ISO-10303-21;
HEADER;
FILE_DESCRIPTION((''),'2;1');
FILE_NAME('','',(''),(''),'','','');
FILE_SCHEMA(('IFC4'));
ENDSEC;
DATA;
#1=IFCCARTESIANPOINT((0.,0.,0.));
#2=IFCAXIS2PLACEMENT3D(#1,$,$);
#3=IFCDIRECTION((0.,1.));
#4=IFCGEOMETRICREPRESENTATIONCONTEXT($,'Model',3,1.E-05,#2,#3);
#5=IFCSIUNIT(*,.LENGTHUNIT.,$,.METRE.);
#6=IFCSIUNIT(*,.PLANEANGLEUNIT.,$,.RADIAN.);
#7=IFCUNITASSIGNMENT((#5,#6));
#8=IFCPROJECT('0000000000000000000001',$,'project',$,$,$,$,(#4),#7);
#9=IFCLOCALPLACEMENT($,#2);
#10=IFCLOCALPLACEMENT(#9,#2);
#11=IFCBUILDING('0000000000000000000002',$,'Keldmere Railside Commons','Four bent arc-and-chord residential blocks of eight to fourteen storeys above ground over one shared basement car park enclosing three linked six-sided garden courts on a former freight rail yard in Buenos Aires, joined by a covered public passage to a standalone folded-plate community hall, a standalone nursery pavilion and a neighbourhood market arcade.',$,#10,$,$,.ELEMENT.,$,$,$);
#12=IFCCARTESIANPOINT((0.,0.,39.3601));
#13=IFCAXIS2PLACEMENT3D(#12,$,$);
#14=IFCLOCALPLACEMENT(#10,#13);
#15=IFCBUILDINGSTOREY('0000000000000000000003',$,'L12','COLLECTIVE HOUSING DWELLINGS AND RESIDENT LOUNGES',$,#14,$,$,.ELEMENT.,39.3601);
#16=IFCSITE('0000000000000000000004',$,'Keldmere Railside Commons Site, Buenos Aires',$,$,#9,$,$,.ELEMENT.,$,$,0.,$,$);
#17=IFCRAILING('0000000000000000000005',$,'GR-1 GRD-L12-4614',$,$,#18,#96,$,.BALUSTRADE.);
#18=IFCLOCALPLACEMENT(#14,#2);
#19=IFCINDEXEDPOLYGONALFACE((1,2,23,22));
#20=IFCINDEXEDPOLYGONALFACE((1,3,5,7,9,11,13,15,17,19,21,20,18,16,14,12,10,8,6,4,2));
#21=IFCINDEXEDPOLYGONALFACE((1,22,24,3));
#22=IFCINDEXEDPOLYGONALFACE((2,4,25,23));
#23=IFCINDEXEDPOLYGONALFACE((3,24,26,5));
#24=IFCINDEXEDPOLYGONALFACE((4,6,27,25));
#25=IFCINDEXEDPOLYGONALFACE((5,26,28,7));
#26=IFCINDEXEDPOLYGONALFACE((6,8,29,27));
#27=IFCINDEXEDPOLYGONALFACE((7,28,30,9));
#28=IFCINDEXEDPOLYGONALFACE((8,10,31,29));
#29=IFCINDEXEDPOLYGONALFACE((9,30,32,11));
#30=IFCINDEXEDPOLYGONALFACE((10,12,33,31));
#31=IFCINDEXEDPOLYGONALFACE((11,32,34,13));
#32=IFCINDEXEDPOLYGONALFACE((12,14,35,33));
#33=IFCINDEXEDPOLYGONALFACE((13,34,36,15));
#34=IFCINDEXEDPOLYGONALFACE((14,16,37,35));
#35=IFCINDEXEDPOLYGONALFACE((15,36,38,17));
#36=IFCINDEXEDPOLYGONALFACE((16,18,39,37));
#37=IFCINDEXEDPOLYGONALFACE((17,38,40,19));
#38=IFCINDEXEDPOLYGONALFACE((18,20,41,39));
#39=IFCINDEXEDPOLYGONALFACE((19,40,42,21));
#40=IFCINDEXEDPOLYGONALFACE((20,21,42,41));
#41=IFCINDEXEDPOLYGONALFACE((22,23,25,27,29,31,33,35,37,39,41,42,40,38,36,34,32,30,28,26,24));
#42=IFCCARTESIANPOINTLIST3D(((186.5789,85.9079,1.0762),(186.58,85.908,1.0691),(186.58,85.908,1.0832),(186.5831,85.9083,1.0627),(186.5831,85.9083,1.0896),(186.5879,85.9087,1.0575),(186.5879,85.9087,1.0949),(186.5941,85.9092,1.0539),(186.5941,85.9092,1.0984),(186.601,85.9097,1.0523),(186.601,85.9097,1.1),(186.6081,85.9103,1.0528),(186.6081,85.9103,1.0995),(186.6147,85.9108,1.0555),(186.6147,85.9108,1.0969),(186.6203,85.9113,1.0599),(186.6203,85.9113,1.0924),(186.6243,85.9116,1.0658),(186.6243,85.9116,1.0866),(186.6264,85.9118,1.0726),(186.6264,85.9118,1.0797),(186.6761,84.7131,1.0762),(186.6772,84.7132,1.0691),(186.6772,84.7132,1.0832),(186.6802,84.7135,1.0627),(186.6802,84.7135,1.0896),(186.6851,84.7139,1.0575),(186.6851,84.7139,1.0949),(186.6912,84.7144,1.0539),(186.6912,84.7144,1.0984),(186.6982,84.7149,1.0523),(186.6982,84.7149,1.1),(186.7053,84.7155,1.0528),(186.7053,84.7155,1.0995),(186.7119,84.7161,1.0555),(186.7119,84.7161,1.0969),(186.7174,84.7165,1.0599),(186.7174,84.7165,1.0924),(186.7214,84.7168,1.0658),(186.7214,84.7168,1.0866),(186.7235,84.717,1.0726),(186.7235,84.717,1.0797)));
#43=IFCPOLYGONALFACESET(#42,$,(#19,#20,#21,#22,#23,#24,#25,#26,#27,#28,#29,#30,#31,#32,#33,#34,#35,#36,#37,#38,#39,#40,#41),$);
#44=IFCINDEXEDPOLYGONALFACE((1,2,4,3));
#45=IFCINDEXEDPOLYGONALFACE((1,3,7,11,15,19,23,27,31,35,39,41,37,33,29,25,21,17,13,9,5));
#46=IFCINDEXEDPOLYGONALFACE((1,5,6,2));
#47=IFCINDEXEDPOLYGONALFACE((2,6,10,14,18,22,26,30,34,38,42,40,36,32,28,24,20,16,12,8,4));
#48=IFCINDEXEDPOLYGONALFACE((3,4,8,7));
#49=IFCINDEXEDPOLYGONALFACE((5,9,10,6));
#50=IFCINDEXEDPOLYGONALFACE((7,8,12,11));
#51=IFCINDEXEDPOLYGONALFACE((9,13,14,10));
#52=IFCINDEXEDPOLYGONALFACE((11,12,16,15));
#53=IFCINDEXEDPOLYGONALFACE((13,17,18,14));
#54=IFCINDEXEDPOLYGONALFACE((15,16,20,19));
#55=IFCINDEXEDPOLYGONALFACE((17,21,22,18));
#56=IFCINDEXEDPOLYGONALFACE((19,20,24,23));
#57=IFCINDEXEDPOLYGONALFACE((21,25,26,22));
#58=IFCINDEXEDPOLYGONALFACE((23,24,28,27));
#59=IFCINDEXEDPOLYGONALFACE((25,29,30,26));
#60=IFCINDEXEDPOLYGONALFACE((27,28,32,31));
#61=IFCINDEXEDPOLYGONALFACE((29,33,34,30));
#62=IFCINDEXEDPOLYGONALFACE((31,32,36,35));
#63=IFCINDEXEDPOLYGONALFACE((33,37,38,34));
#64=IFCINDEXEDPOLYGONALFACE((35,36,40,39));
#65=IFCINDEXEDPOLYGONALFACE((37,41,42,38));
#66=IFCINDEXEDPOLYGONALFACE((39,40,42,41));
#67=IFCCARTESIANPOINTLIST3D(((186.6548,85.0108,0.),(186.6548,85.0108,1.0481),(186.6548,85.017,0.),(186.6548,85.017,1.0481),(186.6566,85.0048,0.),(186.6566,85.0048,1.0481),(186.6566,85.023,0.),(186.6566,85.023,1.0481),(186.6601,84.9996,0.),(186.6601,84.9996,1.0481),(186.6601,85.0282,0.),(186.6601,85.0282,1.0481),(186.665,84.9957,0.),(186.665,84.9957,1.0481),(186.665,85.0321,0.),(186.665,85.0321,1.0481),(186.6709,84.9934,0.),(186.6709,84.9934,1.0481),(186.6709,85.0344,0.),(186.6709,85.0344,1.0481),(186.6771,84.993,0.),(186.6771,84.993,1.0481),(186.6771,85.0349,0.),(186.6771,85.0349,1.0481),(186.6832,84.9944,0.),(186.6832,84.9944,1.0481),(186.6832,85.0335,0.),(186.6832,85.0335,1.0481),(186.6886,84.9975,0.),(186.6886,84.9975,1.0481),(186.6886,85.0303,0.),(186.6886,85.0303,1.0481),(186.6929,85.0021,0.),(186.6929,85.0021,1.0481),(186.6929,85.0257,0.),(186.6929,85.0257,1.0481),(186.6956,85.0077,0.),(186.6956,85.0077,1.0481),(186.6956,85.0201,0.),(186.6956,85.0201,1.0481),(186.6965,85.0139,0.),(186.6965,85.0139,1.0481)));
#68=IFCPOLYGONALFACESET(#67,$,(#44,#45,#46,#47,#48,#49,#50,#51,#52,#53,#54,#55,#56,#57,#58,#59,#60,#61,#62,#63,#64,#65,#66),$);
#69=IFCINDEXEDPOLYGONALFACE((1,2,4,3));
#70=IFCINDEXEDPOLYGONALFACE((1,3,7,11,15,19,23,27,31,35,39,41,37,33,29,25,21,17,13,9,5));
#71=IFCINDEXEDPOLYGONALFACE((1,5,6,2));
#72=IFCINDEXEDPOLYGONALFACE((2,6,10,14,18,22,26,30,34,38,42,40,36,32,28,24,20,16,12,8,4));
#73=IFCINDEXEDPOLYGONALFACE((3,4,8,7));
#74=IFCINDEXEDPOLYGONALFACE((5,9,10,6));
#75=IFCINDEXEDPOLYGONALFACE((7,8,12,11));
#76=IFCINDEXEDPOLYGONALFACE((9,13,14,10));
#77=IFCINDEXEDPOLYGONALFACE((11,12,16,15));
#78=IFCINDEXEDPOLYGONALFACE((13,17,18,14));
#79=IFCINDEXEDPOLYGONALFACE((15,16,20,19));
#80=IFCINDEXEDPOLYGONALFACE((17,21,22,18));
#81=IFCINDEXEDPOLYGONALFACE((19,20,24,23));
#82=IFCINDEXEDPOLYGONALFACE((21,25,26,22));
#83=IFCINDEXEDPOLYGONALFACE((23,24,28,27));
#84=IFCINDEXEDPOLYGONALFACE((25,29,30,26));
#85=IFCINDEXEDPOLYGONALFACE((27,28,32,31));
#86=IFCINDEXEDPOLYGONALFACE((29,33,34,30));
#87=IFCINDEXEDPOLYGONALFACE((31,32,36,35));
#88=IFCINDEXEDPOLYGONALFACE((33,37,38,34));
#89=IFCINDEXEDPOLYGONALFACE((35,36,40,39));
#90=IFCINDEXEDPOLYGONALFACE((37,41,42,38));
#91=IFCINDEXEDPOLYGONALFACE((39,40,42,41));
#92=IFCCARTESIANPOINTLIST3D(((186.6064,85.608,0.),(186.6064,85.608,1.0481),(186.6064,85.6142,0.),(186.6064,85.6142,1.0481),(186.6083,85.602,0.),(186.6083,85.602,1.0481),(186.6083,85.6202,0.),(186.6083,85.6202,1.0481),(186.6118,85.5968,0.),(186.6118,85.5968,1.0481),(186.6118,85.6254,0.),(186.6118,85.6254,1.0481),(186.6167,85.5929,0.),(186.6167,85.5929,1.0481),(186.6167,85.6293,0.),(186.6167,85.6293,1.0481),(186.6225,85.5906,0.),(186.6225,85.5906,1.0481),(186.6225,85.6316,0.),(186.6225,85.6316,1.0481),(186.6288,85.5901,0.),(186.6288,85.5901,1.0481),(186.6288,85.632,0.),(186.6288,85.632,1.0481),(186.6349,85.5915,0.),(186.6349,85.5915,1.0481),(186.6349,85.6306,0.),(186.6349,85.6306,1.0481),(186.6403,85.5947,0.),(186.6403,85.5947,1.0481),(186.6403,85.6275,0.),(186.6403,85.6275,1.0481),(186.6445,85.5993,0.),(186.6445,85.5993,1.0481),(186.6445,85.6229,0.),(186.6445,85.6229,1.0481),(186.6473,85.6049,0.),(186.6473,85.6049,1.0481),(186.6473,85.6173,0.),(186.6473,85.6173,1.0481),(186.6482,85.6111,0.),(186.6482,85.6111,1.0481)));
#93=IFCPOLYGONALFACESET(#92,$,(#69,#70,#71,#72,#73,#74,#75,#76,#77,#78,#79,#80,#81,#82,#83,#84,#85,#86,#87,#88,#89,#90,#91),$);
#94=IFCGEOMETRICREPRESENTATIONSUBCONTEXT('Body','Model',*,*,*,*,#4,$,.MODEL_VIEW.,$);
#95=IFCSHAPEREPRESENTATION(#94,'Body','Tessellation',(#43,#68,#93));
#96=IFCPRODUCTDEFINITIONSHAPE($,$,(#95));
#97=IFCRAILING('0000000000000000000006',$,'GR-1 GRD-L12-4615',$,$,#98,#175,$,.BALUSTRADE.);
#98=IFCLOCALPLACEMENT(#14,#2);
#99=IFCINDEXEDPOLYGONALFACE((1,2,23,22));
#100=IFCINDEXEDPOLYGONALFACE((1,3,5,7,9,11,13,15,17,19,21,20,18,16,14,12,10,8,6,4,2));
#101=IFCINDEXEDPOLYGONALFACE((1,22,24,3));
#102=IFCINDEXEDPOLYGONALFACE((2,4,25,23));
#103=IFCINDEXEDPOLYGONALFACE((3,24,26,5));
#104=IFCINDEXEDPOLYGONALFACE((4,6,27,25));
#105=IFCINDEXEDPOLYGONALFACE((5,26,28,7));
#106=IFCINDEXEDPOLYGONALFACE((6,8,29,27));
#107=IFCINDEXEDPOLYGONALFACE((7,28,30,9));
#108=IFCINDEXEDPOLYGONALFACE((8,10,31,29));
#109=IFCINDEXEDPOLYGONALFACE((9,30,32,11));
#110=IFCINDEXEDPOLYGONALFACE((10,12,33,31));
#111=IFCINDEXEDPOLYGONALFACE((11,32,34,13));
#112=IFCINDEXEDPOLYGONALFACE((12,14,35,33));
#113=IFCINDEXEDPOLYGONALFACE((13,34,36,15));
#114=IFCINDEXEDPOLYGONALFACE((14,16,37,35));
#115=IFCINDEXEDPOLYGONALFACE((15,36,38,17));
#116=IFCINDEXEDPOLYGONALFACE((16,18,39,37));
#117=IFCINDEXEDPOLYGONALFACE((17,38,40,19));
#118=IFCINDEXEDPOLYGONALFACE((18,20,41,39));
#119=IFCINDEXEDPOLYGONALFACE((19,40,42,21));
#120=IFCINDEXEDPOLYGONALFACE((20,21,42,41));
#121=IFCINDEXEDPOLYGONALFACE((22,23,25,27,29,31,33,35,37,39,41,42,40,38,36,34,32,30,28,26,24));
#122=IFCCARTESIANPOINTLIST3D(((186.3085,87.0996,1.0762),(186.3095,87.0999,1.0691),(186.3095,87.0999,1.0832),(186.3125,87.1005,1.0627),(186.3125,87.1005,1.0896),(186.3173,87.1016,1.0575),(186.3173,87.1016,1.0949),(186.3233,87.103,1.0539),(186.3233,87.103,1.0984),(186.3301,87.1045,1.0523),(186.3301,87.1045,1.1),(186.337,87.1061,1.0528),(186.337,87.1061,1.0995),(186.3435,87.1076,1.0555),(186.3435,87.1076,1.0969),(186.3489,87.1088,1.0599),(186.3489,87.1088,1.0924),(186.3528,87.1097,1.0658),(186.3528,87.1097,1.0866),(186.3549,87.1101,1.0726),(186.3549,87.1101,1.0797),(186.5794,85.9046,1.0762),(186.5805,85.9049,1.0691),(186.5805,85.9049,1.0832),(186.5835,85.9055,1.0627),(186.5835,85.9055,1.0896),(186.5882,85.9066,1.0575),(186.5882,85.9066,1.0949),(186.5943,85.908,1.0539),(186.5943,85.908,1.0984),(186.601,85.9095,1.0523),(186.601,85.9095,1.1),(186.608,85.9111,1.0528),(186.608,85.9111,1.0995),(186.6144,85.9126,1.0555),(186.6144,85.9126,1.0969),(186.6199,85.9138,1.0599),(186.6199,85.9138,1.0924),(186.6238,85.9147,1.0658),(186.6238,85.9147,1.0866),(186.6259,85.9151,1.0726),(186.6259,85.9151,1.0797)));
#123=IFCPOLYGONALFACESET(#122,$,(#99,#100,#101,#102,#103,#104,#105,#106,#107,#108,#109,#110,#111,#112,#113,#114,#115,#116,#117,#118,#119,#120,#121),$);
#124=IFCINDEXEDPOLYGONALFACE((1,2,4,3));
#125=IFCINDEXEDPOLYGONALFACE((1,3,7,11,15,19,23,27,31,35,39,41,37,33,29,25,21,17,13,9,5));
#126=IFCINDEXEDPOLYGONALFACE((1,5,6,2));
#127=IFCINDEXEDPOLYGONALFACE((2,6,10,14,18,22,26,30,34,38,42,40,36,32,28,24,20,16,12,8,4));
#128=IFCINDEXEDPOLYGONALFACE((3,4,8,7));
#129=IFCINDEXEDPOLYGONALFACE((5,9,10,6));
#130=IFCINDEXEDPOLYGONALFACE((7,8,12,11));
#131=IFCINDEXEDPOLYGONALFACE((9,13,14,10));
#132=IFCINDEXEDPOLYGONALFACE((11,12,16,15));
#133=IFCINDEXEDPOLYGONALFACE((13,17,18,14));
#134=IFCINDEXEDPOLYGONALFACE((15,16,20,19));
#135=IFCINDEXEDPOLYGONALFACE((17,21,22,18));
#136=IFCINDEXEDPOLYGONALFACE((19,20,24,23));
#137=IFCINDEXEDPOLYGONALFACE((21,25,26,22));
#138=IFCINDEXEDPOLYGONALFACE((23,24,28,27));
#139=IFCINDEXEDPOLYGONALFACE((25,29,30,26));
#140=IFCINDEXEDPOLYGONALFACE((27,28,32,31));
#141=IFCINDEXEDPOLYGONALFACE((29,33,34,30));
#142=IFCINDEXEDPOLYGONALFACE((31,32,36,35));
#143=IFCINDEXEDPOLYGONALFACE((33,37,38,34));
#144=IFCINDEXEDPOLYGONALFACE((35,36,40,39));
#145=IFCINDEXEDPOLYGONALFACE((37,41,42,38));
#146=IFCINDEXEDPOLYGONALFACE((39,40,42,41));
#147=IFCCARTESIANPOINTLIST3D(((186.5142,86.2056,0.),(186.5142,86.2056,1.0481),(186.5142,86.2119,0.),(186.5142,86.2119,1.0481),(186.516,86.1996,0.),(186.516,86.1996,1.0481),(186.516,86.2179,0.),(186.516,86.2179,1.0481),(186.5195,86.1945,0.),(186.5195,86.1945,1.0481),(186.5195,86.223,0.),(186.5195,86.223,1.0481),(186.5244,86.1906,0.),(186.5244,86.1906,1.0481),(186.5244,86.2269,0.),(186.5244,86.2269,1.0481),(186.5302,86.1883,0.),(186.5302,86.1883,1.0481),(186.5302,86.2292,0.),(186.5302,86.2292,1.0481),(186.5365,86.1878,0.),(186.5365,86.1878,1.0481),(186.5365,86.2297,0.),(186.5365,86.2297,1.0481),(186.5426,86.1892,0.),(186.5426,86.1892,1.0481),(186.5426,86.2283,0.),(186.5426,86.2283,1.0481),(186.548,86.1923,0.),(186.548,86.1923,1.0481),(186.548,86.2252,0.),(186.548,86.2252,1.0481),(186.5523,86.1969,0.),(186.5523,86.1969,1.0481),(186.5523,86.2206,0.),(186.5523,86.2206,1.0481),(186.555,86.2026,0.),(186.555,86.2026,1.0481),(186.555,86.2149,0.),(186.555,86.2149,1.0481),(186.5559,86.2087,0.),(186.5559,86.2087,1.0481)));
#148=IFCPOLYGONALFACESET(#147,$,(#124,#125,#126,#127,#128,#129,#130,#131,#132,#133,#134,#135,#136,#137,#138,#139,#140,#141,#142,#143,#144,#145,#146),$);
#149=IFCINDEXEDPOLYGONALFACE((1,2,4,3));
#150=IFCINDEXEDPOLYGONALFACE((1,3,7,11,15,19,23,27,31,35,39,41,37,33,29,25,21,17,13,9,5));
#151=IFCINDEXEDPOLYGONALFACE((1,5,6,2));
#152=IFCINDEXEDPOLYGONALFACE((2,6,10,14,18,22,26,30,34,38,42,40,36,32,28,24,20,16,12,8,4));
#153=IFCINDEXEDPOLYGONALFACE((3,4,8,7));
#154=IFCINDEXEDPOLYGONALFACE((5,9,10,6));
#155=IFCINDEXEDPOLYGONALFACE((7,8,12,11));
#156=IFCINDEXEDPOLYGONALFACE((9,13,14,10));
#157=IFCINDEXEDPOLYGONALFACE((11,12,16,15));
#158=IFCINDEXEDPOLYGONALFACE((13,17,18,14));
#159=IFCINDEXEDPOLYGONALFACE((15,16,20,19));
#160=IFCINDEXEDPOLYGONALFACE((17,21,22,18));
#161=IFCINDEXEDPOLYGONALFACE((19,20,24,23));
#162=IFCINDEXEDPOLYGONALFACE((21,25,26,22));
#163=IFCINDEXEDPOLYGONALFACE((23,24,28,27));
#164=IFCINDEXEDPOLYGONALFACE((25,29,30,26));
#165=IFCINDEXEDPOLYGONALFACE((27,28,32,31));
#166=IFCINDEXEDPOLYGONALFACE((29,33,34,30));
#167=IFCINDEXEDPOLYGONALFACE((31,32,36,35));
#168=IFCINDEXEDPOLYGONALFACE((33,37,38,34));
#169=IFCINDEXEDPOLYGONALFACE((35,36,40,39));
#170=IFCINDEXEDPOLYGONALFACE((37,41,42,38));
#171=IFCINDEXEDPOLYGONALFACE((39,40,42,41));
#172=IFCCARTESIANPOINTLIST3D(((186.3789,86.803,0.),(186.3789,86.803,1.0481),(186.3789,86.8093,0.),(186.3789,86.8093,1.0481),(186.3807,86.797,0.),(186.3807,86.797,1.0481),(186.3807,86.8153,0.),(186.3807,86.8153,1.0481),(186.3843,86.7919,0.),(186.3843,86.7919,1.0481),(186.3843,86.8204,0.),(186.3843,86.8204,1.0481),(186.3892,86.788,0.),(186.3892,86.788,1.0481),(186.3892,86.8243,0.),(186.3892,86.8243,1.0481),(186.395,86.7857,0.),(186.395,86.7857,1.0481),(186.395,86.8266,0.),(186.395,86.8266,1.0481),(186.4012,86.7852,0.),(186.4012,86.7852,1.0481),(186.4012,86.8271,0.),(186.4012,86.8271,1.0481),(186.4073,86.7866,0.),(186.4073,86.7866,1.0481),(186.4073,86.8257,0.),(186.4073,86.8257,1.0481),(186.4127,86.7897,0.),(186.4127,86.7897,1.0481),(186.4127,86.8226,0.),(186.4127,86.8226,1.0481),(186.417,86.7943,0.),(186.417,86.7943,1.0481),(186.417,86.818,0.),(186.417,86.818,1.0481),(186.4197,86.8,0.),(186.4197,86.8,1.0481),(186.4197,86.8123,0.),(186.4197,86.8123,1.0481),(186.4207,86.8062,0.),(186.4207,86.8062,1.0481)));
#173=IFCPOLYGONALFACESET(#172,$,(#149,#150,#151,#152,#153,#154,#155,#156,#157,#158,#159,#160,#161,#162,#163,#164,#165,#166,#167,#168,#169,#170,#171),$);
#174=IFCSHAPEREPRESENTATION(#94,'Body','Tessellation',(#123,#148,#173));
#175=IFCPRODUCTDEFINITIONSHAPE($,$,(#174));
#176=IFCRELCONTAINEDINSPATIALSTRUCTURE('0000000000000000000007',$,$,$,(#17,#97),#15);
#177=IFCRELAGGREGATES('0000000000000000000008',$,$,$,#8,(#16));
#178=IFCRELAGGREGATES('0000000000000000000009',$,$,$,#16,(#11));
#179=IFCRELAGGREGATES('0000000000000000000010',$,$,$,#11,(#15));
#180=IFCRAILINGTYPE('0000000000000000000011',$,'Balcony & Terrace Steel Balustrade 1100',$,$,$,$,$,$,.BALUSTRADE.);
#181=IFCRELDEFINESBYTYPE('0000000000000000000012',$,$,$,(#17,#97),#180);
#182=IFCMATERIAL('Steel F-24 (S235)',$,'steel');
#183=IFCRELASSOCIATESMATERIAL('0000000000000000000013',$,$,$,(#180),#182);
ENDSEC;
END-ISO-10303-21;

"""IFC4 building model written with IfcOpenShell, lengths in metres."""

from ifc_helpers import new_model, si_unit, direction, frame, origin, origin_2d, place, context, subcontext, project, spatial, circle, extrude, material, type_object, element, save


model = new_model("IFC4")

# Units and contexts
model_context = context("Model", 3, precision=1e-05, world=origin(), true_north=direction((0.0, 1.0)))
body_context = subcontext(model_context, "Body", "Model", "MODEL_VIEW")
ifc_project = project(units=[si_unit("LENGTHUNIT", "METRE"), si_unit("PLANEANGLEUNIT", "RADIAN")], contexts=[model_context])

# Site, building, storey
site_placement = place(None, origin())
site = spatial("IfcSite", under=ifc_project, at=site_placement, Name="Keldmere Railside Commons Site, Buenos Aires", CompositionType="ELEMENT", RefElevation=0.0)
building_placement = place(site_placement, origin())
building = spatial("IfcBuilding", under=site, at=building_placement, Name="Keldmere Railside Commons", Description="Four bent arc-and-chord residential blocks of eight to fourteen storeys above ground over one shared basement car park enclosing three linked six-sided garden courts on a former freight rail yard in Buenos Aires, joined by a covered public passage to a standalone folded-plate community hall, a standalone nursery pavilion and a neighbourhood market arcade.", CompositionType="ELEMENT")
storey_placement = place(building_placement, frame((0.0, 0.0, 39.3601)))
storey = spatial("IfcBuildingStorey", under=building, at=storey_placement, Name="L12", Description="COLLECTIVE HOUSING DWELLINGS AND RESIDENT LOUNGES", CompositionType="ELEMENT", Elevation=39.3601)

# Shared definitions
ifc_material_1 = material(Name="Steel F-24 (S235)", Category="steel")

# Railings
railing_type_1 = type_object("IfcRailingType", Name="Balcony & Terrace Steel Balustrade 1100", PredefinedType="BALUSTRADE", material=ifc_material_1)
railing_1_placement = place(storey_placement, frame((186.7, 84.7151, 0.0)))
element("IfcRailing", 1, at=railing_1_placement, inside=storey, type_object=railing_type_1, Name="GR-1 GRD-L12-4614", PredefinedType="BALUSTRADE", context=body_context, shape_type="SweptSolid", body=[
    extrude(circle(Radius=0.0239, at=origin_2d()), frame((0.0, 0.0, 1.0762), z_axis=(-0.081056, 0.99671, 0.0), x_axis=(-0.99671, -0.081056, 0.0)), (0.0, 0.0, 1.0), 1.1987),
    extrude(circle(Radius=0.021, at=origin_2d()), frame((-0.0244, 0.2988, 0.0)), (0.0, 0.0, 1.0), 1.0481),
    extrude(circle(Radius=0.021, at=origin_2d()), frame((-0.0728, 0.896, 0.0)), (0.0, 0.0, 1.0), 1.0481),
])
railing_2_placement = place(storey_placement, frame((186.6028, 85.9099, 0.0)))
element("IfcRailing", 2, at=railing_2_placement, inside=storey, type_object=railing_type_1, Name="GR-1 GRD-L12-4615", PredefinedType="BALUSTRADE", context=body_context, shape_type="SweptSolid", body=[
    extrude(circle(Radius=0.0239, at=origin_2d()), frame((0.0, 0.0, 1.0762), z_axis=(-0.221147, 0.97524, 0.0), x_axis=(-0.97524, -0.221147, 0.0)), (0.0, 0.0, 1.0), 1.2253),
    extrude(circle(Radius=0.021, at=origin_2d()), frame((-0.0679, 0.2988, 0.0)), (0.0, 0.0, 1.0), 1.0481),
    extrude(circle(Radius=0.021, at=origin_2d()), frame((-0.2031, 0.8962, 0.0)), (0.0, 0.0, 1.0), 1.0481),
])

save(model, "model.ifc")
